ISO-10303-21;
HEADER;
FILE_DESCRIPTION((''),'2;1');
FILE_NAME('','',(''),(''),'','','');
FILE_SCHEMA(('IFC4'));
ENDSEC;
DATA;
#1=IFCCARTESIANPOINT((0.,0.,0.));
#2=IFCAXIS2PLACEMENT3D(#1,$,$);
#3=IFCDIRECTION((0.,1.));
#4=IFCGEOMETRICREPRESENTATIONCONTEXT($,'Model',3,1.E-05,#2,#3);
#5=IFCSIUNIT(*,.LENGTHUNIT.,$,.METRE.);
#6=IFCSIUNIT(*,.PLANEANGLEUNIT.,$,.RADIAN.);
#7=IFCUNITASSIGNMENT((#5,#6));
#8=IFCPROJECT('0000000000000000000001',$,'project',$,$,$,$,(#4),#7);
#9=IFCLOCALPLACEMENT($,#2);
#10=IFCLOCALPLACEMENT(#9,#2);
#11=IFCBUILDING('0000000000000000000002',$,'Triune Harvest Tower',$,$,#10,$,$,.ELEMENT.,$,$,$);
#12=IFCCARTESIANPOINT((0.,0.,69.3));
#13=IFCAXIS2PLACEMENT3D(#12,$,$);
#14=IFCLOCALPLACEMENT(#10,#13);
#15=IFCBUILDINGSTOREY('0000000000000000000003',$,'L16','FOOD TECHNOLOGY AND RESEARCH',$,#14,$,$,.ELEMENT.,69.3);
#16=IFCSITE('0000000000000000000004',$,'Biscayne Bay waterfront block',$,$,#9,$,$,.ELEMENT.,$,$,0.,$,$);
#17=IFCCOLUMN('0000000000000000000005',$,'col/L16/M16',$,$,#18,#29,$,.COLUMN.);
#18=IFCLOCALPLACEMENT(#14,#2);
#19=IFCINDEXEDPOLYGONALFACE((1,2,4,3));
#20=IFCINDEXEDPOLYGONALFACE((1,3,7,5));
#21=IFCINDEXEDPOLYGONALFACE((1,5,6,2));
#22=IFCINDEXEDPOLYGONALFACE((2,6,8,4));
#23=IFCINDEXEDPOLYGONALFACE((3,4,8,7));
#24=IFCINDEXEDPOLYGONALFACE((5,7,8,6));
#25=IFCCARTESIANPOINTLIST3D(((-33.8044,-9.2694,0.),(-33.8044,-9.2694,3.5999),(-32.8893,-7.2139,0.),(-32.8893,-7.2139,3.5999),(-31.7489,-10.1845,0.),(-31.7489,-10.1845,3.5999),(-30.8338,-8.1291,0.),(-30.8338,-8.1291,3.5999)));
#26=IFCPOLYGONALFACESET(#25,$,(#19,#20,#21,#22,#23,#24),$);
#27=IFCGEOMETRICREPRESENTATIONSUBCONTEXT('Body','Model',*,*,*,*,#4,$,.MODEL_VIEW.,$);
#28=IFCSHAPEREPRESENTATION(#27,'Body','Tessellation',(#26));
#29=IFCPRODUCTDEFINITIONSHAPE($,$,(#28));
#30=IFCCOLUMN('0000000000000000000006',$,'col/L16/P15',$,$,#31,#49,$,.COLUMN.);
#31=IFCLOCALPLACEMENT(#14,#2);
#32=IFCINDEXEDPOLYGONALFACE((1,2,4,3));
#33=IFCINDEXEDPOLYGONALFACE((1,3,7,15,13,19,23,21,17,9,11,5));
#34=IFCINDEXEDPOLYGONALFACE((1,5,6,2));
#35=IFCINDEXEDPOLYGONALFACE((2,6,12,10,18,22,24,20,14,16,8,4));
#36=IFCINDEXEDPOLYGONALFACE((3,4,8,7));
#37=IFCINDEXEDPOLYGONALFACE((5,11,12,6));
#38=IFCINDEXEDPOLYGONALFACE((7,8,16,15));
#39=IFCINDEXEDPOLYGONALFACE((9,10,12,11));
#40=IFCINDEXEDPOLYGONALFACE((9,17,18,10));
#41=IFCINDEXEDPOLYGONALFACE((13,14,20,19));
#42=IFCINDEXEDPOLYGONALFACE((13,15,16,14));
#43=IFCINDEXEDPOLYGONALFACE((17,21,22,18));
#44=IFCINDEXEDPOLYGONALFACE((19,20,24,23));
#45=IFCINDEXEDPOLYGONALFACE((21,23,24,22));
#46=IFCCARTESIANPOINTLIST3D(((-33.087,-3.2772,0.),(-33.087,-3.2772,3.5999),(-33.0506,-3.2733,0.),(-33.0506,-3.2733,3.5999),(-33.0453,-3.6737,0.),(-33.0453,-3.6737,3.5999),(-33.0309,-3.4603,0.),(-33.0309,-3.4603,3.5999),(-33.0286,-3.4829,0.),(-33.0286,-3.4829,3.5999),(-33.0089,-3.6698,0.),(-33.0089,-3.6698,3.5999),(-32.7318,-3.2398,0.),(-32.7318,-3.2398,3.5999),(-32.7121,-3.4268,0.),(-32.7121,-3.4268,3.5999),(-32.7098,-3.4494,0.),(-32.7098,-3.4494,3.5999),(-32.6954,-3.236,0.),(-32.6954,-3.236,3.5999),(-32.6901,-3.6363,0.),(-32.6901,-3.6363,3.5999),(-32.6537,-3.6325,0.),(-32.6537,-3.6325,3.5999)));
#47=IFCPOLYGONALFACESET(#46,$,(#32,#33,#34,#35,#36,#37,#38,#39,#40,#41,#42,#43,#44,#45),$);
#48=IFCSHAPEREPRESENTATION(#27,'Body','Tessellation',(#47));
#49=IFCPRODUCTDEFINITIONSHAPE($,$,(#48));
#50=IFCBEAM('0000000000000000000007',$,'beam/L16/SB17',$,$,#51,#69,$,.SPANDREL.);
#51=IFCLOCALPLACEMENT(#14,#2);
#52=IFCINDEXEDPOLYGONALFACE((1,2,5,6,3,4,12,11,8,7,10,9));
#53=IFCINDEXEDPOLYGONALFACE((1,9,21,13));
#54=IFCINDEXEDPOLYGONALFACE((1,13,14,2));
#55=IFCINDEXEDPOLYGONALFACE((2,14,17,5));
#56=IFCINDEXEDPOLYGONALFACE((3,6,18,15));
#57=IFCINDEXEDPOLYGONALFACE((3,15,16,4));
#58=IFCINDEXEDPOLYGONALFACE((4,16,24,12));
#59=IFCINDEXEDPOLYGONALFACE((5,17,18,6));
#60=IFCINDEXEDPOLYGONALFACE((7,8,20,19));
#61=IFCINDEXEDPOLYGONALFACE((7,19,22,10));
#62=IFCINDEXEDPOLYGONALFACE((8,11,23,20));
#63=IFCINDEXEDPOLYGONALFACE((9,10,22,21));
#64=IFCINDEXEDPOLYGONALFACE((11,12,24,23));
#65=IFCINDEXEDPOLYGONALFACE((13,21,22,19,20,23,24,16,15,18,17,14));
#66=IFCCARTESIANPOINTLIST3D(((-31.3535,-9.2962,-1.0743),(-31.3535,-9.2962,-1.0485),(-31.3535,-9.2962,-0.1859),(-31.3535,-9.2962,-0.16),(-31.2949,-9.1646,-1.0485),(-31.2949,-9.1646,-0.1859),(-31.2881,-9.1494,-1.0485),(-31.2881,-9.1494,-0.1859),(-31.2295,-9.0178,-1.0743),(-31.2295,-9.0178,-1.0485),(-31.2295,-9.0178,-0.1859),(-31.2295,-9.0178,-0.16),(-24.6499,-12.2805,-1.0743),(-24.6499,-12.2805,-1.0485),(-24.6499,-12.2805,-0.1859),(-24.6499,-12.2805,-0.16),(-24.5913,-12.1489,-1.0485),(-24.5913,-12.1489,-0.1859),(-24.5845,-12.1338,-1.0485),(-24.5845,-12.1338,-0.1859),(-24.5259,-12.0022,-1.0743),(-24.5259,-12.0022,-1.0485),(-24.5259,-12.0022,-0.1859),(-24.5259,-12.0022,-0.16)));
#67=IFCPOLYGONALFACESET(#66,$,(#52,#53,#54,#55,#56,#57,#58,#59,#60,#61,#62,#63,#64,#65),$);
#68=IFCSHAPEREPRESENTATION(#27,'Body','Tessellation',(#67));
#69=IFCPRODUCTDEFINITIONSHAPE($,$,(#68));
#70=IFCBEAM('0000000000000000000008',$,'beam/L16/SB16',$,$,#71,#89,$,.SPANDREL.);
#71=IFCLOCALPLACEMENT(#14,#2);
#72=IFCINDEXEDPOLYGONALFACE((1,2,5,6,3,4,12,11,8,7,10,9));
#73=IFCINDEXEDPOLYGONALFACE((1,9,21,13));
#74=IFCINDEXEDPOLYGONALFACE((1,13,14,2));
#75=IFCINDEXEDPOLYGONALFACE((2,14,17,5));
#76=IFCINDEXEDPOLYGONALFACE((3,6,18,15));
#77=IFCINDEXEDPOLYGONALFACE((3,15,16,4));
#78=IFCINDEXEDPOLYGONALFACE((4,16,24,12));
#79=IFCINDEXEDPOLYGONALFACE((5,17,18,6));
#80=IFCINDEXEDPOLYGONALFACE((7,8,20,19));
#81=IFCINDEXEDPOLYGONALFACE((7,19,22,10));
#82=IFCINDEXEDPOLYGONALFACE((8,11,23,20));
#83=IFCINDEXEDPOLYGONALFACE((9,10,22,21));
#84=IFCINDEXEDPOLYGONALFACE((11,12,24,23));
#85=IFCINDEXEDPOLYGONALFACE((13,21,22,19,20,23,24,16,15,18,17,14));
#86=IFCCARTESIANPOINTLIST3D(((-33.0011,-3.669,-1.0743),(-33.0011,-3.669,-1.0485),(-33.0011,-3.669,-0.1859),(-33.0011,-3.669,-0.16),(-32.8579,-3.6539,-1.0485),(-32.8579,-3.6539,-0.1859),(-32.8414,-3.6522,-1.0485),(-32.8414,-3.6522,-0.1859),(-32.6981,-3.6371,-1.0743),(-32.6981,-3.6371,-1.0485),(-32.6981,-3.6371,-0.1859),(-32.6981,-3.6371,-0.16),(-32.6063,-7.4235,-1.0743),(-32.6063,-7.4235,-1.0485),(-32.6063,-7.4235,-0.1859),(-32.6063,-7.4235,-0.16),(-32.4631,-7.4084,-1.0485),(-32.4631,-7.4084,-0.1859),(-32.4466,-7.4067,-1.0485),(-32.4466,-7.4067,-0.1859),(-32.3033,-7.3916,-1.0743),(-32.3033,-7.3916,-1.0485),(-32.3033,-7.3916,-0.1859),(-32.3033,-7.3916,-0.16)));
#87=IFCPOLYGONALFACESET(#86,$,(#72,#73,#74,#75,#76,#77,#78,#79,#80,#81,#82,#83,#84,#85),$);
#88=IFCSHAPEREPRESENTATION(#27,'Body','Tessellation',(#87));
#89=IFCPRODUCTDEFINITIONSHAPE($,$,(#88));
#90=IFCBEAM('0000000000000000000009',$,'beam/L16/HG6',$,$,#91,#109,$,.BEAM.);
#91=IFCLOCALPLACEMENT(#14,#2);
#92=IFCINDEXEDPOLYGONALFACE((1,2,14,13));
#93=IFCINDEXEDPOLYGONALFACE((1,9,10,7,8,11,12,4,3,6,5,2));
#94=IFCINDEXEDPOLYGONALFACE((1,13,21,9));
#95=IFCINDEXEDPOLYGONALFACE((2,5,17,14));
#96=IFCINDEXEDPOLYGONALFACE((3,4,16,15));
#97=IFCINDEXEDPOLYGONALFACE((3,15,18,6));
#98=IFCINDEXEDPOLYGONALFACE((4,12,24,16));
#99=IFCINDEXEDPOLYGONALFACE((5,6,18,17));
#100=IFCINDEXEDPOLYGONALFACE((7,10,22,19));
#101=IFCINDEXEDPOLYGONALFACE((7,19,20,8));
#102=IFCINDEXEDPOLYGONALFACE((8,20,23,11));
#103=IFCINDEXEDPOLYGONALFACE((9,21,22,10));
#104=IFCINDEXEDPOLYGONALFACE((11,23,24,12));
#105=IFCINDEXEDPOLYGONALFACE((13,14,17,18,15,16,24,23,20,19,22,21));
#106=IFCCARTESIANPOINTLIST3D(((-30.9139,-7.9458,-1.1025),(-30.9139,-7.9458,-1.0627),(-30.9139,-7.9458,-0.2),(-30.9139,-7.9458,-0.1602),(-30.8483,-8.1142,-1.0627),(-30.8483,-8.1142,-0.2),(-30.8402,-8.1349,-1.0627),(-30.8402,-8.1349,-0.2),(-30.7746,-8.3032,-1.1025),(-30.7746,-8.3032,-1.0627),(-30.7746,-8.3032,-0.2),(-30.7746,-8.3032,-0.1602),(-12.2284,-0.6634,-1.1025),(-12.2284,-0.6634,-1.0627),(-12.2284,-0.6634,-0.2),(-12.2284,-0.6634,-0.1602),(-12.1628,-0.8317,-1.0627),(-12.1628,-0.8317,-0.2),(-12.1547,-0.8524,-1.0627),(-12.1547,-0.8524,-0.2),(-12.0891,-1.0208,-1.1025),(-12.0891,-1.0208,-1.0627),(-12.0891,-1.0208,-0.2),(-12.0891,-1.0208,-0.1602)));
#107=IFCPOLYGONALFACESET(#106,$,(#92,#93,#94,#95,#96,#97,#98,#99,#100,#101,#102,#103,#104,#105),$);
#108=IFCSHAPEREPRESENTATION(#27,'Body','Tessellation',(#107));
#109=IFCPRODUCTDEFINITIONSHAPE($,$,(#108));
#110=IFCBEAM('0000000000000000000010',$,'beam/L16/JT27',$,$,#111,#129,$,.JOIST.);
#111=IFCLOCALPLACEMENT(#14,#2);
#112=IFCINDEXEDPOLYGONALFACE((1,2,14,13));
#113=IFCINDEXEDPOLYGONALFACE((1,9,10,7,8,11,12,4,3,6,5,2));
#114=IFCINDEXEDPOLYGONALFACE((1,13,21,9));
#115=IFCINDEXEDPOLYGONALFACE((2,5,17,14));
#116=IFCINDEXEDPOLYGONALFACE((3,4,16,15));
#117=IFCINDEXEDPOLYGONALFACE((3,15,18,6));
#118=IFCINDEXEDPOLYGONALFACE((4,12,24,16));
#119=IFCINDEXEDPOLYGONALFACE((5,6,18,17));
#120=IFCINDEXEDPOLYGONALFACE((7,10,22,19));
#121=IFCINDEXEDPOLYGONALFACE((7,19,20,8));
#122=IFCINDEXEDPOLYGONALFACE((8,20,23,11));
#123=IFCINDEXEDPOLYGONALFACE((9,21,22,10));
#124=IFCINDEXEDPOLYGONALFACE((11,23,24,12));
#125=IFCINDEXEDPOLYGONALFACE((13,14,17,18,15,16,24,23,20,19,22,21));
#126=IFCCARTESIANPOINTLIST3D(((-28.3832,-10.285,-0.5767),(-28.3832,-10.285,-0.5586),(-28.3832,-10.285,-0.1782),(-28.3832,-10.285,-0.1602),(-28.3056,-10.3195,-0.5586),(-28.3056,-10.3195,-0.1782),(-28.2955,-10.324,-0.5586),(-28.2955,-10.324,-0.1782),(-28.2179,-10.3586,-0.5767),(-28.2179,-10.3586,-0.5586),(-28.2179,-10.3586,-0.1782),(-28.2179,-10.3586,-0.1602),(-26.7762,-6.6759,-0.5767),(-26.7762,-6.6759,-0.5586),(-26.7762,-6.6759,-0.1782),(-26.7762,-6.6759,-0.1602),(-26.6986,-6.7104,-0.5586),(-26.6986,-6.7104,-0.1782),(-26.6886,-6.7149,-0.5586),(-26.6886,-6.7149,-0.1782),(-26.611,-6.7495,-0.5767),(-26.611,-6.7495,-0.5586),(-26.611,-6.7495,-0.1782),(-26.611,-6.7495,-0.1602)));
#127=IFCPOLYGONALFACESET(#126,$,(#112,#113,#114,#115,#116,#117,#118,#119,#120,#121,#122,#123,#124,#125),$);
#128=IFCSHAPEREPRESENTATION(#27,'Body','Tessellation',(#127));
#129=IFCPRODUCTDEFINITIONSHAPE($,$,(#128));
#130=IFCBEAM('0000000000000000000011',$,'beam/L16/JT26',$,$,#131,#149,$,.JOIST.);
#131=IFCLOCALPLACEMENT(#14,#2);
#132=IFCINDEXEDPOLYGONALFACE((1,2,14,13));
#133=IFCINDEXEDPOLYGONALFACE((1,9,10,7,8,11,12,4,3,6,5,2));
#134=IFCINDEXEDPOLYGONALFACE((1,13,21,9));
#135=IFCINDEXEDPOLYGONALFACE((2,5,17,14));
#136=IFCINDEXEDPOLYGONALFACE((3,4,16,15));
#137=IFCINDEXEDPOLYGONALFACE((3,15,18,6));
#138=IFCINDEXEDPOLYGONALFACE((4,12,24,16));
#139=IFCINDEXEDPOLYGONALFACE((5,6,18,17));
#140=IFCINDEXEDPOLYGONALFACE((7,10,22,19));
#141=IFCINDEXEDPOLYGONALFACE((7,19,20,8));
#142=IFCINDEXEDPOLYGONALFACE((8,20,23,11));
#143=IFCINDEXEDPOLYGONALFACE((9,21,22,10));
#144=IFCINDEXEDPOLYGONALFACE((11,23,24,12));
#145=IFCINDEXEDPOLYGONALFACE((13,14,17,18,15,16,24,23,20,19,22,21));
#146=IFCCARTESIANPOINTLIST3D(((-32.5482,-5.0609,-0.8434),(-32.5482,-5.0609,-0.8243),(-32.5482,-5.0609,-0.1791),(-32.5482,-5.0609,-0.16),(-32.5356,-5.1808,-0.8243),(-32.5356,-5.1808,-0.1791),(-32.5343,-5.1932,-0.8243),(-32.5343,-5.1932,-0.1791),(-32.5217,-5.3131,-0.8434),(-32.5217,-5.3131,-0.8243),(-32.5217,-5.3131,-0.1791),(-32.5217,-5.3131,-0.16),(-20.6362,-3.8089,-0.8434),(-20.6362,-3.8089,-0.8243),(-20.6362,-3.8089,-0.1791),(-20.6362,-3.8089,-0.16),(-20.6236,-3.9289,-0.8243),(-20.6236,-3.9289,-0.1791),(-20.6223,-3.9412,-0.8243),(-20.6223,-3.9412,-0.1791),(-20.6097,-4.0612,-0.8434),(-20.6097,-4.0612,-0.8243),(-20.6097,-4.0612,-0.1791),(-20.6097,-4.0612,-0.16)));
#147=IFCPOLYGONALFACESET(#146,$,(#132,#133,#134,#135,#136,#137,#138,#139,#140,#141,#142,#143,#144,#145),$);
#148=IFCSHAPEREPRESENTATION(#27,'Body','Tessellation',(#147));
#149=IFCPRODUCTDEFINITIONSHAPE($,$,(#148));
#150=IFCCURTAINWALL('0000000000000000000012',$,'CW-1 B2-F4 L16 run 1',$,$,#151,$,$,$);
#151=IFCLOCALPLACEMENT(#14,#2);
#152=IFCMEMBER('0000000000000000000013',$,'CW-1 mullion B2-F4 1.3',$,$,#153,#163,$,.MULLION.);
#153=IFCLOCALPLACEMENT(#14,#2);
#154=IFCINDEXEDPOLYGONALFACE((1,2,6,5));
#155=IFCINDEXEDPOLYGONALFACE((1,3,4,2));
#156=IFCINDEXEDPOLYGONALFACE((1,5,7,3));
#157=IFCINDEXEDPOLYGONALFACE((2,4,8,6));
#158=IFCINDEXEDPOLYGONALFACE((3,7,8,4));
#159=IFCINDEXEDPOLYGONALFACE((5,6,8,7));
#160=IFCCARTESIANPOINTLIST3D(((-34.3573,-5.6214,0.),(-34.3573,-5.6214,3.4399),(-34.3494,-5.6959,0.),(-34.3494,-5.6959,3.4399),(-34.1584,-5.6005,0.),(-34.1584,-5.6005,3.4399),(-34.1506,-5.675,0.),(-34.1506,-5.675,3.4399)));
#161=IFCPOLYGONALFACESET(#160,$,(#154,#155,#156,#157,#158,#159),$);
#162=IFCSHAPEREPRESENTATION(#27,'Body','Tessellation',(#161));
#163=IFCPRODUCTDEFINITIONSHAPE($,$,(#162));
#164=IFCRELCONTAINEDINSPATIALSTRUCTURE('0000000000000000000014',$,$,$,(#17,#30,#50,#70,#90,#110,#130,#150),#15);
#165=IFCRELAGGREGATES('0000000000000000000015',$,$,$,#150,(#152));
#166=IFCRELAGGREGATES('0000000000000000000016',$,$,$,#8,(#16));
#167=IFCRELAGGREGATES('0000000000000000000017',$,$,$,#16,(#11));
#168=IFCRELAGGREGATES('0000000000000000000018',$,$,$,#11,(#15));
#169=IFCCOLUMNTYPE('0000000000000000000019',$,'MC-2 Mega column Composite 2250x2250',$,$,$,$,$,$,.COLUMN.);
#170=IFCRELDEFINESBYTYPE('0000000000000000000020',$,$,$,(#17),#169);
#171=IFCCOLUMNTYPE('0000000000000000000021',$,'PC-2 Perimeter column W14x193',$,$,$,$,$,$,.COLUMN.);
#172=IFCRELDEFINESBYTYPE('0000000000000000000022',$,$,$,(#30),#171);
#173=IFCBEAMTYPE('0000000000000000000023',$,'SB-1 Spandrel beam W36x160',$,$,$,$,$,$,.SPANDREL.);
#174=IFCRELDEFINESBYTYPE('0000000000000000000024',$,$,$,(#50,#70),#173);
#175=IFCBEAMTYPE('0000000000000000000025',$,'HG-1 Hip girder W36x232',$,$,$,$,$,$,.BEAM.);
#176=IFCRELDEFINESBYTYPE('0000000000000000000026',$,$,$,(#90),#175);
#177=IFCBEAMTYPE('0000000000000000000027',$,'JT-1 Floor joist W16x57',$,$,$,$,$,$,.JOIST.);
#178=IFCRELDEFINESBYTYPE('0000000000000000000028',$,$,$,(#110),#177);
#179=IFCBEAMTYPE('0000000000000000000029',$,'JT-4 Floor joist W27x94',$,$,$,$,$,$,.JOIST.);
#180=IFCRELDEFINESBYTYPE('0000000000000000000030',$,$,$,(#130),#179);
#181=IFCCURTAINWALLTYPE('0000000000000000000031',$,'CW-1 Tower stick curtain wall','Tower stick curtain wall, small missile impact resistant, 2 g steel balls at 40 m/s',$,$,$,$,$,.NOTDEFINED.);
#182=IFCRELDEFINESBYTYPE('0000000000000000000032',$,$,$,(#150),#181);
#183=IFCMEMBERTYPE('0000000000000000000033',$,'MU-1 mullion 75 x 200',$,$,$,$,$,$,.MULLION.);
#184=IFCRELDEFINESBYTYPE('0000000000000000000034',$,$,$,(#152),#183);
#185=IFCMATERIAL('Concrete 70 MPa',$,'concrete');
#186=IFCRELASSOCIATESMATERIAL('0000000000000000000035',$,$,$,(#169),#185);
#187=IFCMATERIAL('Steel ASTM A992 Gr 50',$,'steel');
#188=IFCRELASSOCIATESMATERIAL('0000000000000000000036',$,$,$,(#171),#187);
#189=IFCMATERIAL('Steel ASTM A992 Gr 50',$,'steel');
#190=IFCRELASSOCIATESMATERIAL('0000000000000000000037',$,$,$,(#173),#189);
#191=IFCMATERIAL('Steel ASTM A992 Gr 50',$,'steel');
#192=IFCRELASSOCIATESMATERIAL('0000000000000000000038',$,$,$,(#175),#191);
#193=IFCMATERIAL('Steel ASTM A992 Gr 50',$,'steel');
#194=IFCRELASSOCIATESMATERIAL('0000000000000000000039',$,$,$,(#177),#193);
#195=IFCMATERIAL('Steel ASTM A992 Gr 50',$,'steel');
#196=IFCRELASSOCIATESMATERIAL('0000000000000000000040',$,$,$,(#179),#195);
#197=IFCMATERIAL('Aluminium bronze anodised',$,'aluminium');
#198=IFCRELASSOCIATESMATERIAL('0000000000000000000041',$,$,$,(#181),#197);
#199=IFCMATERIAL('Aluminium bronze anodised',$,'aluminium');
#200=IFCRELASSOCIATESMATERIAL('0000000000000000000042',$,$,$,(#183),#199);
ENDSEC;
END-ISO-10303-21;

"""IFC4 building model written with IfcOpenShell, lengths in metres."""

from ifc_helpers import new_model, si_unit, direction, frame, origin, origin_2d, place, context, subcontext, project, spatial, rectangle, i_section, extrude, source, transform, mapped, material, material_profile, profile_set, type_object, element, aggregate, save


model = new_model("IFC4")

# Units and contexts
model_context = context("Model", 3, precision=1e-05, world=origin(), true_north=direction((0.0, 1.0)))
body_context = subcontext(model_context, "Body", "Model", "MODEL_VIEW")
ifc_project = project(units=[si_unit("LENGTHUNIT", "METRE"), si_unit("PLANEANGLEUNIT", "RADIAN")], contexts=[model_context])

# Site, building, storey
site_placement = place(None, origin())
site = spatial("IfcSite", under=ifc_project, at=site_placement, Name="Biscayne Bay waterfront block", CompositionType="ELEMENT", RefElevation=0.0)
building_placement = place(site_placement, origin())
building = spatial("IfcBuilding", under=site, at=building_placement, Name="Triune Harvest Tower", CompositionType="ELEMENT")
storey_placement = place(building_placement, frame((0.0, 0.0, 69.3)))
storey = spatial("IfcBuildingStorey", under=building, at=storey_placement, Name="L16", Description="FOOD TECHNOLOGY AND RESEARCH", CompositionType="ELEMENT", Elevation=69.3)

# Columns
ifc_material_1 = material(Name="Concrete 70 MPa", Category="concrete")
ifc_material_profile_1 = material_profile(ifc_material_1, rectangle(XDim=2.25, YDim=2.25, at=origin_2d()), Name="Composite 2250x2250")
ifc_profile_set_1 = profile_set([ifc_material_profile_1], Name="Concrete 70 MPa")
column_type_1 = type_object("IfcColumnType", Name="MC-2 Mega column Composite 2250x2250", PredefinedType="COLUMN", material=ifc_profile_set_1)
shared_shape_1 = source(origin(), body_context, "Body", "SweptSolid", [
    extrude(rectangle(XDim=2.25, YDim=2.25, at=origin_2d()), origin(), (0.0, 0.0, 1.0), 3.5999),
])
column_1_placement = place(storey_placement, frame((-32.3191, -8.6992, 0.0), z_axis=(0.0, 0.0, 1.0), x_axis=(0.913545, -0.406737, 0.0)))
element("IfcColumn", 1, at=column_1_placement, inside=storey, type_object=column_type_1, Name="col/L16/M16", PredefinedType="COLUMN", context=body_context, shape_type="MappedRepresentation", body=[
    mapped(shared_shape_1, transform((0.0, 0.0, 0.0), scale=1.0)),
])
ifc_material_2 = material(Name="Steel ASTM A992 Gr 50", Category="steel")
ifc_material_profile_2 = material_profile(ifc_material_2, i_section(OverallWidth=0.3987, OverallDepth=0.3938, WebThickness=0.0227, FlangeThickness=0.0366, at=origin_2d()), Name="W14x193")
ifc_profile_set_2 = profile_set([ifc_material_profile_2], Name="Steel ASTM A992 Gr 50")
column_type_2 = type_object("IfcColumnType", Name="PC-2 Perimeter column W14x193", PredefinedType="COLUMN", material=ifc_profile_set_2)
shared_shape_2 = source(origin(), body_context, "Body", "SweptSolid", [
    extrude(i_section(OverallWidth=0.3987, OverallDepth=0.3938, WebThickness=0.0227, FlangeThickness=0.0366, at=origin_2d()), origin(), (0.0, 0.0, 1.0), 3.5999),
])
column_2_placement = place(storey_placement, frame((-32.8704, -3.4548, 0.0), z_axis=(0.0, 0.0, 1.0), x_axis=(0.104528, -0.994522, 0.0)))
element("IfcColumn", 2, at=column_2_placement, inside=storey, type_object=column_type_2, Name="col/L16/P15", PredefinedType="COLUMN", context=body_context, shape_type="MappedRepresentation", body=[
    mapped(shared_shape_2, transform((0.0, 0.0, 0.0), scale=1.0)),
])

# Beams
ifc_material_3 = material(Name="Steel ASTM A992 Gr 50", Category="steel")
ifc_material_profile_3 = material_profile(ifc_material_3, i_section(OverallWidth=0.3047, OverallDepth=0.9143, WebThickness=0.0166, FlangeThickness=0.0259, at=origin_2d()), Name="W36x160")
ifc_profile_set_3 = profile_set([ifc_material_profile_3], Name="Steel ASTM A992 Gr 50")
beam_type_1 = type_object("IfcBeamType", Name="SB-1 Spandrel beam W36x160", PredefinedType="SPANDREL", material=ifc_profile_set_3)
shared_shape_3 = source(origin(), body_context, "Body", "SweptSolid", [
    extrude(i_section(OverallWidth=0.3047, OverallDepth=0.9143, WebThickness=0.0166, FlangeThickness=0.0259, at=origin_2d()), origin(), (0.0, 0.0, 1.0), 7.3379),
])
beam_1_placement = place(storey_placement, frame((-31.2915, -9.157, -0.6172), z_axis=(0.913559, -0.406706, 0.0), x_axis=(0.406706, 0.913559, 0.0)))
element("IfcBeam", 3, at=beam_1_placement, inside=storey, type_object=beam_type_1, Name="beam/L16/SB17", PredefinedType="SPANDREL", context=body_context, shape_type="MappedRepresentation", body=[
    mapped(shared_shape_3, transform((0.0, 0.0, 0.0), scale=1.0)),
])
shared_shape_4 = source(origin(), body_context, "Body", "SweptSolid", [
    extrude(i_section(OverallWidth=0.3047, OverallDepth=0.9143, WebThickness=0.0166, FlangeThickness=0.0259, at=origin_2d()), origin(), (0.0, 0.0, 1.0), 3.7751),
])
beam_2_placement = place(storey_placement, frame((-32.8496, -3.6531, -0.6172), z_axis=(0.104574, -0.994517, 0.0), x_axis=(0.994517, 0.104574, 0.0)))
element("IfcBeam", 4, at=beam_2_placement, inside=storey, type_object=beam_type_1, Name="beam/L16/SB16", PredefinedType="SPANDREL", context=body_context, shape_type="MappedRepresentation", body=[
    mapped(shared_shape_4, transform((0.0, 0.0, 0.0), scale=1.0)),
])
ifc_material_4 = material(Name="Steel ASTM A992 Gr 50", Category="steel")
ifc_material_profile_4 = material_profile(ifc_material_4, i_section(OverallWidth=0.3835, OverallDepth=0.9424, WebThickness=0.0222, FlangeThickness=0.0398, at=origin_2d()), Name="W36x232")
ifc_profile_set_4 = profile_set([ifc_material_profile_4], Name="Steel ASTM A992 Gr 50")
beam_type_2 = type_object("IfcBeamType", Name="HG-1 Hip girder W36x232", PredefinedType="BEAM", material=ifc_profile_set_4)
shared_shape_5 = source(origin(), body_context, "Body", "SweptSolid", [
    extrude(i_section(OverallWidth=0.3835, OverallDepth=0.9424, WebThickness=0.0222, FlangeThickness=0.0398, at=origin_2d()), origin(), (0.0, 0.0, 1.0), 20.0544),
])
beam_3_placement = place(storey_placement, frame((-30.8442, -8.1245, -0.6313), z_axis=(0.931737, 0.363134, 0.0), x_axis=(-0.363134, 0.931737, 0.0)))
element("IfcBeam", 5, at=beam_3_placement, inside=storey, type_object=beam_type_2, Name="beam/L16/HG6", PredefinedType="BEAM", context=body_context, shape_type="MappedRepresentation", body=[
    mapped(shared_shape_5, transform((0.0, 0.0, 0.0), scale=1.0)),
])
ifc_material_5 = material(Name="Steel ASTM A992 Gr 50", Category="steel")
ifc_material_profile_5 = material_profile(ifc_material_5, i_section(OverallWidth=0.1809, OverallDepth=0.4165, WebThickness=0.011, FlangeThickness=0.0181, at=origin_2d()), Name="W16x57")
ifc_profile_set_5 = profile_set([ifc_material_profile_5], Name="Steel ASTM A992 Gr 50")
beam_type_3 = type_object("IfcBeamType", Name="JT-1 Floor joist W16x57", PredefinedType="JOIST", material=ifc_profile_set_5)
shared_shape_6 = source(origin(), body_context, "Body", "SweptSolid", [
    extrude(i_section(OverallWidth=0.1809, OverallDepth=0.4165, WebThickness=0.011, FlangeThickness=0.0181, at=origin_2d()), origin(), (0.0, 0.0, 1.0), 3.9507),
])
beam_4_placement = place(storey_placement, frame((-28.3005, -10.3218, -0.3684), z_axis=(0.406746, 0.913541, 0.0), x_axis=(-0.913541, 0.406746, 0.0)))
element("IfcBeam", 6, at=beam_4_placement, inside=storey, type_object=beam_type_3, Name="beam/L16/JT27", PredefinedType="JOIST", context=body_context, shape_type="MappedRepresentation", body=[
    mapped(shared_shape_6, transform((0.0, 0.0, 0.0), scale=1.0)),
])
ifc_material_6 = material(Name="Steel ASTM A992 Gr 50", Category="steel")
ifc_material_profile_6 = material_profile(ifc_material_6, i_section(OverallWidth=0.2537, OverallDepth=0.6833, WebThickness=0.0125, FlangeThickness=0.019, at=origin_2d()), Name="W27x94")
ifc_profile_set_6 = profile_set([ifc_material_profile_6], Name="Steel ASTM A992 Gr 50")
beam_type_4 = type_object("IfcBeamType", Name="JT-4 Floor joist W27x94", PredefinedType="JOIST", material=ifc_profile_set_6)
shared_shape_7 = source(origin(), body_context, "Body", "SweptSolid", [
    extrude(i_section(OverallWidth=0.2537, OverallDepth=0.6833, WebThickness=0.0125, FlangeThickness=0.019, at=origin_2d()), origin(), (0.0, 0.0, 1.0), 11.9775),
])
beam_5_placement = place(storey_placement, frame((-32.5349, -5.187, -0.5017), z_axis=(0.994522, 0.104526, 0.0), x_axis=(-0.104526, 0.994522, 0.0)))
element("IfcBeam", 7, at=beam_5_placement, inside=storey, type_object=beam_type_4, Name="beam/L16/JT26", PredefinedType="JOIST", context=body_context, shape_type="MappedRepresentation", body=[
    mapped(shared_shape_7, transform((0.0, 0.0, 0.0), scale=1.0)),
])

# Curtain wall, member
ifc_material_7 = material(Name="Aluminium bronze anodised", Category="aluminium")
curtain_wall_type_1 = type_object("IfcCurtainWallType", Name="CW-1 Tower stick curtain wall", Description="Tower stick curtain wall, small missile impact resistant, 2 g steel balls at 40 m/s", PredefinedType="NOTDEFINED", material=ifc_material_7)
curtain_wall_1_placement = place(storey_placement, origin())
curtain_wall_1 = element("IfcCurtainWall", 8, at=curtain_wall_1_placement, inside=storey, type_object=curtain_wall_type_1, Name="CW-1 B2-F4 L16 run 1")
ifc_material_8 = material(Name="Aluminium bronze anodised", Category="aluminium")
ifc_material_profile_7 = material_profile(ifc_material_8, rectangle(XDim=0.2, YDim=0.075, at=origin_2d()), Name="MU-1 mullion 75 x 200")
ifc_profile_set_7 = profile_set([ifc_material_profile_7], Name="Aluminium bronze anodised")
member_type_1 = type_object("IfcMemberType", Name="MU-1 mullion 75 x 200", PredefinedType="MULLION", material=ifc_profile_set_7)
shared_shape_8 = source(origin(), body_context, "Body", "SweptSolid", [
    extrude(rectangle(XDim=0.2, YDim=0.075, at=origin_2d()), origin(), (0.0, 0.0, 1.0), 3.4399),
])
member_1_placement = place(storey_placement, frame((-34.2539, -5.6482, 0.0), z_axis=(0.0, 0.0, 1.0), x_axis=(0.994522, 0.104529, 0.0)))
member_1 = element("IfcMember", 9, at=member_1_placement, type_object=member_type_1, Name="CW-1 mullion B2-F4 1.3", PredefinedType="MULLION", context=body_context, shape_type="MappedRepresentation", body=[
    mapped(shared_shape_8, transform((0.0, 0.0, 0.0), scale=1.0)),
])

aggregate(curtain_wall_1, [member_1])

save(model, "model.ifc")
